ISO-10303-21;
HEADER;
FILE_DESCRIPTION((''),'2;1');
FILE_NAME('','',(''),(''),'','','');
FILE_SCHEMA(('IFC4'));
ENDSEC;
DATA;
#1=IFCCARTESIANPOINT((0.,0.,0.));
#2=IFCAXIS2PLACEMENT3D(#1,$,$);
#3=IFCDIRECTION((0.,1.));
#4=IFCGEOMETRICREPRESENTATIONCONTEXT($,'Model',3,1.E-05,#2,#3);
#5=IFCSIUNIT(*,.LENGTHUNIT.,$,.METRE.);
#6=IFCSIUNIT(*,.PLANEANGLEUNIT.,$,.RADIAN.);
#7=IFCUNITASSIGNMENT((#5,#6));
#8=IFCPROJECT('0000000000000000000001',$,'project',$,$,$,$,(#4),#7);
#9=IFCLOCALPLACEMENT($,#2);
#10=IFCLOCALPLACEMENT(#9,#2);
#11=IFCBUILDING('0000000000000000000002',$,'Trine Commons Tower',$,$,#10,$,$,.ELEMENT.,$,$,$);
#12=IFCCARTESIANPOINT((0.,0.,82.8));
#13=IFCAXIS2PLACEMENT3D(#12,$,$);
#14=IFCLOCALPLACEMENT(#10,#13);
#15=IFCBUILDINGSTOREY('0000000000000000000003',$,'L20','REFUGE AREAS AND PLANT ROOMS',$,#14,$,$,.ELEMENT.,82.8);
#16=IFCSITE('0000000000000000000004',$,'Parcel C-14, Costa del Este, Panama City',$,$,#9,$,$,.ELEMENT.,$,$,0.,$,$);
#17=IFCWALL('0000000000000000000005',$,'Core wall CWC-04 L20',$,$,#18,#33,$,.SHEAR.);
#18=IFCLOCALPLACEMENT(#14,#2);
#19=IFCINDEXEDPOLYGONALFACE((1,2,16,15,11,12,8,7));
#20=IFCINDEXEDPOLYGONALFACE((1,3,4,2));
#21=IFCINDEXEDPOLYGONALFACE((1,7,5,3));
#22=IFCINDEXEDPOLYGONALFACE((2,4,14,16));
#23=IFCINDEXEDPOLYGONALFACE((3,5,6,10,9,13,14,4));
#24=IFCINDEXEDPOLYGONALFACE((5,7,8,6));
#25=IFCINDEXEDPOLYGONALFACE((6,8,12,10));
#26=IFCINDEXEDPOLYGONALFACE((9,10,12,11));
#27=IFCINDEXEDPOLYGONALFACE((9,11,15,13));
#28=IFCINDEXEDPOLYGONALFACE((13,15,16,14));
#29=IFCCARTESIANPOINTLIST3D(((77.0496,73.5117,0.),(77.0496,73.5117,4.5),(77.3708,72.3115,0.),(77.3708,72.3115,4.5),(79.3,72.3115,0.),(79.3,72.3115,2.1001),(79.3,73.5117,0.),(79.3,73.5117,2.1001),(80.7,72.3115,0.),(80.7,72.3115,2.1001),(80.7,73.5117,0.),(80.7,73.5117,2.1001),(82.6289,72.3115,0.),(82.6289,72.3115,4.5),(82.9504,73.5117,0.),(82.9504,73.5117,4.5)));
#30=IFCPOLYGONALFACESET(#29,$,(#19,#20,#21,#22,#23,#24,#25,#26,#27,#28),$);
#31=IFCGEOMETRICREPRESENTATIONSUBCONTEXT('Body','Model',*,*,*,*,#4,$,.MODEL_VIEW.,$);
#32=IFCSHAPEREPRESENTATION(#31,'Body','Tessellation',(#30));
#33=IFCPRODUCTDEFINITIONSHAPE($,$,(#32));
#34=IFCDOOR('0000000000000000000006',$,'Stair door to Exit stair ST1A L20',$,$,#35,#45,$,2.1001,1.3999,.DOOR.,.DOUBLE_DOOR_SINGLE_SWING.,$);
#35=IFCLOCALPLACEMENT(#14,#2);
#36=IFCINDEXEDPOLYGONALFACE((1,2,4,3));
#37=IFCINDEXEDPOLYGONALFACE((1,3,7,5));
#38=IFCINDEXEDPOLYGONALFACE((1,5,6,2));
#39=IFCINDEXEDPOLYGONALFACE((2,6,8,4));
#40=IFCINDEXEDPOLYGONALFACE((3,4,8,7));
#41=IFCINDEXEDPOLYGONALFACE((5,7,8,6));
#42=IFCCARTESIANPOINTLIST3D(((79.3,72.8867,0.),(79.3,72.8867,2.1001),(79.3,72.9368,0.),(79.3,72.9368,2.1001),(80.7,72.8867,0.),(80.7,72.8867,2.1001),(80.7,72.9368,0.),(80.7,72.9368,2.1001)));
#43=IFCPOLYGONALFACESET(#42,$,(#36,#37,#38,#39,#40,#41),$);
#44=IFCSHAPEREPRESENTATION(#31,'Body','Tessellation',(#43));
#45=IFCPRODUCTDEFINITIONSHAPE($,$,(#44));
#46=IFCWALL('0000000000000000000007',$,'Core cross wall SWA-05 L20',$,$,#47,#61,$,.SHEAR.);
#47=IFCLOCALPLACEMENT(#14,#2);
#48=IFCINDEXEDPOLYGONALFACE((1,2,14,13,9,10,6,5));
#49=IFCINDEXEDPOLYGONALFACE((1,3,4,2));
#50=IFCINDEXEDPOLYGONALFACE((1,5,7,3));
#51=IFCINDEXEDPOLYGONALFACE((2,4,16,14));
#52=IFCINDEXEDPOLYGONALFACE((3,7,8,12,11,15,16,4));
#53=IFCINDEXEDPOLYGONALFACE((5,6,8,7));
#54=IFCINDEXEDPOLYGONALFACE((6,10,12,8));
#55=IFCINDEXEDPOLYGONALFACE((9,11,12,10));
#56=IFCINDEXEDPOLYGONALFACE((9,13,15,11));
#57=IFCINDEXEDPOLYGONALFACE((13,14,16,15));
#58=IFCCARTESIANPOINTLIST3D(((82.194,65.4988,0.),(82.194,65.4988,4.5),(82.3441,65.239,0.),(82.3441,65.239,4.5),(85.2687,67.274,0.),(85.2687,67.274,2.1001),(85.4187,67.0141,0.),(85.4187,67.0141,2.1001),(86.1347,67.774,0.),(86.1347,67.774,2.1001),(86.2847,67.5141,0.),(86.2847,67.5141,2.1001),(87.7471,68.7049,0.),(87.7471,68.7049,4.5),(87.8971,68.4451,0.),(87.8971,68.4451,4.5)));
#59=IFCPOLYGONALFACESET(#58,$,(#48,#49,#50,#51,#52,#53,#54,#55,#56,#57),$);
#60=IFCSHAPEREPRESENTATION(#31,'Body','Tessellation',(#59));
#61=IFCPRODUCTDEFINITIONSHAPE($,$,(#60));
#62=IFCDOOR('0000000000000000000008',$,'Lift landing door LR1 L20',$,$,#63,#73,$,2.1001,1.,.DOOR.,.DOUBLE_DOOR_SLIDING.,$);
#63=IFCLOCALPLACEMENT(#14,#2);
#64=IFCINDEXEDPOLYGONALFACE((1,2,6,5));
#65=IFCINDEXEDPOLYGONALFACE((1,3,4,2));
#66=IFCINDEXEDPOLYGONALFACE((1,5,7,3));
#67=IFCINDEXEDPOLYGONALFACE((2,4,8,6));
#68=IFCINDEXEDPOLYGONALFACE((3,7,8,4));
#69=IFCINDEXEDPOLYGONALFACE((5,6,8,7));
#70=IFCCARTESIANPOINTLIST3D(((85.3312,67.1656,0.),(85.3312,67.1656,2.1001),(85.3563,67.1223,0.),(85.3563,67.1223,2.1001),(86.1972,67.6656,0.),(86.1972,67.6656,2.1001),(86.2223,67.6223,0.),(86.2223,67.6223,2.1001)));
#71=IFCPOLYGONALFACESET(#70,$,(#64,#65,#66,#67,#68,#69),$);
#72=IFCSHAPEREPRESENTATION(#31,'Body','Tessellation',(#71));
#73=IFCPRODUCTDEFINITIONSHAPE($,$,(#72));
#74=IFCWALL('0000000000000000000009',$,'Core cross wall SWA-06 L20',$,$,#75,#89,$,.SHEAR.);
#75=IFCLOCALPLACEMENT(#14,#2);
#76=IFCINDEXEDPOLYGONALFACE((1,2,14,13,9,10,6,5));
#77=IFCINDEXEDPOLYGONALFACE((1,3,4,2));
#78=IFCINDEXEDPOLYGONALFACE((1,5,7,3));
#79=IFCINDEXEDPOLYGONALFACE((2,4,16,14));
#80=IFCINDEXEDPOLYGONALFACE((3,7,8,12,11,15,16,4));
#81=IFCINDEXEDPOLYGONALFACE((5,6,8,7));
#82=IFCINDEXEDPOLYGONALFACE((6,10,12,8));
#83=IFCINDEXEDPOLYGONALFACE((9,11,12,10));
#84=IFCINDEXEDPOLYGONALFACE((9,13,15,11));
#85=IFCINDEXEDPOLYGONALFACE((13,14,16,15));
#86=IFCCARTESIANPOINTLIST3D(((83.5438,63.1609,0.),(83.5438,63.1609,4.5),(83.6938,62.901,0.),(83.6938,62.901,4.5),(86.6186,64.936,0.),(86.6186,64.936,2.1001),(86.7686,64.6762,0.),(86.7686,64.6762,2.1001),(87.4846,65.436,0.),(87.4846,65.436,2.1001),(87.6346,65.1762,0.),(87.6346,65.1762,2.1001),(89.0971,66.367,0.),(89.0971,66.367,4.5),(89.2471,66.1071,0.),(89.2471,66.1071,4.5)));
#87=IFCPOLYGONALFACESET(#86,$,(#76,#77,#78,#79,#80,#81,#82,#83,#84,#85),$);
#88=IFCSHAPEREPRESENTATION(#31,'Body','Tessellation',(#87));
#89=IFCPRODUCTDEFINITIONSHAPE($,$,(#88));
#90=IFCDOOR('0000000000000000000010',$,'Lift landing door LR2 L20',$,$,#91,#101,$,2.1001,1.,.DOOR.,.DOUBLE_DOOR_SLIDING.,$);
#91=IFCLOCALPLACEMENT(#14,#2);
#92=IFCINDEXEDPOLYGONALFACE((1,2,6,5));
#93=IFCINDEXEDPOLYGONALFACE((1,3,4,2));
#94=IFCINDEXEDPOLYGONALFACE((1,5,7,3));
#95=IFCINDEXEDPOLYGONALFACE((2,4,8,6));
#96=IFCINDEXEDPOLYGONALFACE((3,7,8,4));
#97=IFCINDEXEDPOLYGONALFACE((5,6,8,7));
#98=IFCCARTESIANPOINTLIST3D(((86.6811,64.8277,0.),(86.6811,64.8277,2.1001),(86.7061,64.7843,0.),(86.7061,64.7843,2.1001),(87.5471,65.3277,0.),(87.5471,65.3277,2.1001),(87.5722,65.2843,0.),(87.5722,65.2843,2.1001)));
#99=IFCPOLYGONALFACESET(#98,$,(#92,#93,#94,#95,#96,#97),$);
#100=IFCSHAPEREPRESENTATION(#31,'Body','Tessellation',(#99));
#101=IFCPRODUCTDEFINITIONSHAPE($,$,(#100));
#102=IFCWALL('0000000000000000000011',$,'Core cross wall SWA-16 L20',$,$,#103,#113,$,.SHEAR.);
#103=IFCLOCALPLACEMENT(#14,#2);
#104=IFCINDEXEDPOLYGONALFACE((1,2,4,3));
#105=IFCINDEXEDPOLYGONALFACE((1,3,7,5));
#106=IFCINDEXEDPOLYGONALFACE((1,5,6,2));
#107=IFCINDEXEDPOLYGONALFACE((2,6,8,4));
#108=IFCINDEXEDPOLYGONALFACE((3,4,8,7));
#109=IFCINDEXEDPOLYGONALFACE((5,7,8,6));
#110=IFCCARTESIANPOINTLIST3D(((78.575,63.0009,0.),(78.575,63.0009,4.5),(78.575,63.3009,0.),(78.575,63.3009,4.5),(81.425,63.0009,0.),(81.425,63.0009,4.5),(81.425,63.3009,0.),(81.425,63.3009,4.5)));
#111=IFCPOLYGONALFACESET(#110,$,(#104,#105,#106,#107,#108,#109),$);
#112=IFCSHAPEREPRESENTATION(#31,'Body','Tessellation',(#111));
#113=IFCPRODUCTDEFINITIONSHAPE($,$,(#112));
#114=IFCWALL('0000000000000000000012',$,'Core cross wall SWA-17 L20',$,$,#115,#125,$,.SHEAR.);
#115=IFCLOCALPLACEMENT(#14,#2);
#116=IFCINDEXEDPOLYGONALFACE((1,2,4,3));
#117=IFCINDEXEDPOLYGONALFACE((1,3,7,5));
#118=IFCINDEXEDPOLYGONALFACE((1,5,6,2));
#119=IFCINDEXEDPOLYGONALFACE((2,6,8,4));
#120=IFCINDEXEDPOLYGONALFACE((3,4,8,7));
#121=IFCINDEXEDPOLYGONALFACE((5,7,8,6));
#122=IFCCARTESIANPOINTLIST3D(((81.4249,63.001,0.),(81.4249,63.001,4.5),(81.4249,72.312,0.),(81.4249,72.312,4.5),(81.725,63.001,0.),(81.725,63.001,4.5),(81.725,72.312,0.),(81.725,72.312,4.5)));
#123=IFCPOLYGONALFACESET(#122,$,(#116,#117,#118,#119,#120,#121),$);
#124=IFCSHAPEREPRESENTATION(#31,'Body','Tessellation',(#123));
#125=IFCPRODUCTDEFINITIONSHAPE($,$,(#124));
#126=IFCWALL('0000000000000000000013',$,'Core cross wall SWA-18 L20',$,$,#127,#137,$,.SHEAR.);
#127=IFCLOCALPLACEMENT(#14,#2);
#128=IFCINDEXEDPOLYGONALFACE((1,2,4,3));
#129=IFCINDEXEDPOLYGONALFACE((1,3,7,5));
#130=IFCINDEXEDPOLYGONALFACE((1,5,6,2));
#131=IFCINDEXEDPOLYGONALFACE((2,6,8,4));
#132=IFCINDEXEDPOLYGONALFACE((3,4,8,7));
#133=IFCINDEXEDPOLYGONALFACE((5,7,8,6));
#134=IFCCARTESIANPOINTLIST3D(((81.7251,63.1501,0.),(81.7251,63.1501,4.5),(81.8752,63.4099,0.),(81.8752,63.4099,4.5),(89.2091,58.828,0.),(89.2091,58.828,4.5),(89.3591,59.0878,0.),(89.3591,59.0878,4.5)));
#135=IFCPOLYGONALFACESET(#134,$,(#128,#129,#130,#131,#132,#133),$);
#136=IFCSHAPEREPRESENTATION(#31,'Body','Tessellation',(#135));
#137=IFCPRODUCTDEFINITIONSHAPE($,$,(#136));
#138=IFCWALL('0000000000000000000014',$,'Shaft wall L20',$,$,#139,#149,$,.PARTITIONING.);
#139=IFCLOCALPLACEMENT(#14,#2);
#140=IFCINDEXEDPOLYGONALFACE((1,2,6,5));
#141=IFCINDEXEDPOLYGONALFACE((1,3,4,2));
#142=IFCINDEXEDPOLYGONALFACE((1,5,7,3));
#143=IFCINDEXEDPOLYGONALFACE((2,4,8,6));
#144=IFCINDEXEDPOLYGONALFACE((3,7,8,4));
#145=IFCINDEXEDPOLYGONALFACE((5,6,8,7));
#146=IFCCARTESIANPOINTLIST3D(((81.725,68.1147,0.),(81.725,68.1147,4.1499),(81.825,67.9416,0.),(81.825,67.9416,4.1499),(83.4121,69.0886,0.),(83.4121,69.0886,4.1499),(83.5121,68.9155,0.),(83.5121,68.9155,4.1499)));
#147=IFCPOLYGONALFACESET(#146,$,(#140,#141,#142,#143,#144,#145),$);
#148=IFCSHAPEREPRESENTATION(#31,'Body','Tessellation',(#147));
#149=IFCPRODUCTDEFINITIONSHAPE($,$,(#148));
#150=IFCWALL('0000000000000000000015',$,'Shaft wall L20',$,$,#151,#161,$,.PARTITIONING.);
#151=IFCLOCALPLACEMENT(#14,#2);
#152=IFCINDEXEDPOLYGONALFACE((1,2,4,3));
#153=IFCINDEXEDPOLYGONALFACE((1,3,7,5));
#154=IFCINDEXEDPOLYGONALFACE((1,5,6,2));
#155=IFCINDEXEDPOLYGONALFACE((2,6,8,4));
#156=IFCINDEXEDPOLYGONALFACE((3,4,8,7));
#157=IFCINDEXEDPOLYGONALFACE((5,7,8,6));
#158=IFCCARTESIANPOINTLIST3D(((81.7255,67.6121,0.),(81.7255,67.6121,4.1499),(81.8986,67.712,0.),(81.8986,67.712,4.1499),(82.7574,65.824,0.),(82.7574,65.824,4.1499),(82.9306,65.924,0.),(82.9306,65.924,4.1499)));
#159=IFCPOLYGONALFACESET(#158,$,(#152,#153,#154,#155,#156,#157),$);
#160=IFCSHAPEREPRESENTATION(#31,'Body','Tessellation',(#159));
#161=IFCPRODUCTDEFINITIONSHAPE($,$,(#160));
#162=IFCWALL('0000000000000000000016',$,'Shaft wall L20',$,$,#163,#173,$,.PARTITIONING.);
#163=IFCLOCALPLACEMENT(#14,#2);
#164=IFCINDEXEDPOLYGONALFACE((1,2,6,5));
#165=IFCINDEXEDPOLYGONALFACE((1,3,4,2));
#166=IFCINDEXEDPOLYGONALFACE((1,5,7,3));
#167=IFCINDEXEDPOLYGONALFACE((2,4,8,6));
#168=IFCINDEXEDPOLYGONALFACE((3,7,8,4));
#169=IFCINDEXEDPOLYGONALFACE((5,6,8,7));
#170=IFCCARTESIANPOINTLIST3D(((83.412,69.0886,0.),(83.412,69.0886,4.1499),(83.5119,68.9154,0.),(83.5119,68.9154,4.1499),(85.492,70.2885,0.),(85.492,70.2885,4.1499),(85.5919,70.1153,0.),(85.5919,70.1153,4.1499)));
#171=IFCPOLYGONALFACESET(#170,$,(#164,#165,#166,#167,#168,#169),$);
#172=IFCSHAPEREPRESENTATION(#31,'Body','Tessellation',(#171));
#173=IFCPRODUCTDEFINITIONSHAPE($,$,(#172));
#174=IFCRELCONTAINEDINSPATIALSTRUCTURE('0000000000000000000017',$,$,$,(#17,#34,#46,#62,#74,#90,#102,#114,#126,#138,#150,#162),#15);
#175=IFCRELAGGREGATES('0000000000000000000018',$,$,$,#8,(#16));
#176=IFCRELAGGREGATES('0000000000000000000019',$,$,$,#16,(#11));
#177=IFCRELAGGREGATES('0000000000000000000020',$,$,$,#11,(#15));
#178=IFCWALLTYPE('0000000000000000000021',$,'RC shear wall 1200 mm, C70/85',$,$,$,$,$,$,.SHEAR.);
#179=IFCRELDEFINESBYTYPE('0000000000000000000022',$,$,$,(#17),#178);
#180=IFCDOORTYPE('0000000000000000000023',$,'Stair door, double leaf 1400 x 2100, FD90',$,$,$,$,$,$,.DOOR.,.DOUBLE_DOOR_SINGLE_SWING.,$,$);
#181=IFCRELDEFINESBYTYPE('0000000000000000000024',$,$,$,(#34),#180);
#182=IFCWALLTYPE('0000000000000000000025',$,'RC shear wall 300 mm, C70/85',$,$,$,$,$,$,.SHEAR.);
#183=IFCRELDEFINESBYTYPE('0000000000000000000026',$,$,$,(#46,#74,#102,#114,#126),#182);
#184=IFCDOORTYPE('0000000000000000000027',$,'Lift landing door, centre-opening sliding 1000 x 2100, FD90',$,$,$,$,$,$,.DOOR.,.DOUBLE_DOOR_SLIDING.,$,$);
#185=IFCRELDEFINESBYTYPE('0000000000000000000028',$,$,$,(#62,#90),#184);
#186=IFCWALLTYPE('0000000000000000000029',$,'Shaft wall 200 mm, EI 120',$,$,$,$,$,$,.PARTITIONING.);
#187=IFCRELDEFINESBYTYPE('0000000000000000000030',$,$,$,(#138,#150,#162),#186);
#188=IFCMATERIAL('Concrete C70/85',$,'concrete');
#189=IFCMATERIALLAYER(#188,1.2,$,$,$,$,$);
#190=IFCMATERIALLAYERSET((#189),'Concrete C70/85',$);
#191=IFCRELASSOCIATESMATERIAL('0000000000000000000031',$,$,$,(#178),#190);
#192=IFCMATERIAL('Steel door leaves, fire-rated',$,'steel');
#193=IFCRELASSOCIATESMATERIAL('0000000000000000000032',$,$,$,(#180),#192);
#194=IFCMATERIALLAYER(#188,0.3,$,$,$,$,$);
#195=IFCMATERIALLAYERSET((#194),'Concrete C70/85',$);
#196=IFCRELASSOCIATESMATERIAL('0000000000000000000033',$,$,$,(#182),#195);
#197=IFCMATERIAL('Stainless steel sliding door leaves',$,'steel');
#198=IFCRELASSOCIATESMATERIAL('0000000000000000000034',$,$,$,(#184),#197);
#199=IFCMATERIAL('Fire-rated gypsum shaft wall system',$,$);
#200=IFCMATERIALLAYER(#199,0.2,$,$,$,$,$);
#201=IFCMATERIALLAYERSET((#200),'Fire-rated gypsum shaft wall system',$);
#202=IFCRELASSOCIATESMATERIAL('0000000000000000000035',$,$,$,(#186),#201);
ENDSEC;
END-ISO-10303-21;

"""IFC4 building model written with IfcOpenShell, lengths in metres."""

from ifc_helpers import new_model, si_unit, direction, frame, frame_2d, origin, place, context, subcontext, project, spatial, polyline, rectangle, outline, extrude, material, layer, layer_set, type_object, element, fill, save


model = new_model("IFC4")

# Units and contexts
model_context = context("Model", 3, precision=1e-05, world=origin(), true_north=direction((0.0, 1.0)))
body_context = subcontext(model_context, "Body", "Model", "MODEL_VIEW")
ifc_project = project(units=[si_unit("LENGTHUNIT", "METRE"), si_unit("PLANEANGLEUNIT", "RADIAN")], contexts=[model_context])

# Site, building, storey
site_placement = place(None, origin())
site = spatial("IfcSite", under=ifc_project, at=site_placement, Name="Parcel C-14, Costa del Este, Panama City", CompositionType="ELEMENT", RefElevation=0.0)
building_placement = place(site_placement, origin())
building = spatial("IfcBuilding", under=site, at=building_placement, Name="Trine Commons Tower", CompositionType="ELEMENT")
storey_placement = place(building_placement, frame((0.0, 0.0, 82.8)))
storey = spatial("IfcBuildingStorey", under=building, at=storey_placement, Name="L20", Description="REFUGE AREAS AND PLANT ROOMS", CompositionType="ELEMENT", Elevation=82.8)

# Walls, openings, doors
ifc_material_1 = material(Name="Fire-rated gypsum shaft wall system")
ifc_material_2 = material(Name="Concrete C70/85", Category="concrete")
ifc_layer_1 = layer(ifc_material_2, 1.2)
ifc_layer_set_1 = layer_set([ifc_layer_1], Name="Concrete C70/85")
wall_type_1 = type_object("IfcWallType", Name="RC shear wall 1200 mm, C70/85", PredefinedType="SHEAR", material=ifc_layer_set_1)
wall_1_placement = place(storey_placement, frame((82.9504, 72.9116, 0.0), z_axis=(0.0, 0.0, 1.0), x_axis=(-1.0, 0.0, 0.0)))
wall_1 = element("IfcWall", 1, at=wall_1_placement, inside=storey, type_object=wall_type_1, Name="Core wall CWC-04 L20", PredefinedType="SHEAR", context=body_context, shape_type="SweptSolid", body=[
    extrude(outline(polyline([(0.0, -0.6001), (5.9009, -0.6001), (5.5796, 0.6001), (0.3215, 0.6001), (0.0, -0.6001)])), origin(), (0.0, 0.0, 1.0), 4.5),
])
opening_1_placement = place(wall_1_placement, frame((2.2505, 0.0, 0.0)))
opening_1 = element("IfcOpeningElement", 2, at=opening_1_placement, cuts=wall_1, PredefinedType="OPENING", context=body_context, shape_type="SweptSolid", body=[
    extrude(rectangle(XDim=1.3999, YDim=2.1001, at=frame_2d((0.7, 1.05))), frame((0.0, 0.6099, 0.0), z_axis=(0.0, -1.0, 0.0), x_axis=(1.0, 0.0, 0.0)), (0.0, 0.0, 1.0), 1.22),
])
ifc_material_3 = material(Name="Steel door leaves, fire-rated", Category="steel")
door_type_1 = type_object("IfcDoorType", Name="Stair door, double leaf 1400 x 2100, FD90", OperationType="DOUBLE_DOOR_SINGLE_SWING", PredefinedType="DOOR", material=ifc_material_3)
door_1_placement = place(opening_1_placement, origin())
door_1 = element("IfcDoor", 3, at=door_1_placement, inside=storey, type_object=door_type_1, Name="Stair door to Exit stair ST1A L20", OperationType="DOUBLE_DOOR_SINGLE_SWING", OverallHeight=2.1001, OverallWidth=1.3999, PredefinedType="DOOR", context=body_context, shape_type="SweptSolid", body=[
    extrude(rectangle(XDim=1.3999, YDim=2.1001, at=frame_2d((0.7, 1.05))), frame((0.0, 0.0249, 0.0), z_axis=(0.0, -1.0, 0.0), x_axis=(1.0, 0.0, 0.0)), (0.0, 0.0, 1.0), 0.05),
])
fill(opening_1, door_1)
ifc_layer_2 = layer(ifc_material_2, 0.3)
ifc_layer_set_2 = layer_set([ifc_layer_2], Name="Concrete C70/85")
wall_type_2 = type_object("IfcWallType", Name="RC shear wall 300 mm, C70/85", PredefinedType="SHEAR", material=ifc_layer_set_2)
wall_2_placement = place(storey_placement, frame((82.269, 65.3689, 0.0), z_axis=(0.0, 0.0, 1.0), x_axis=(0.866023, 0.500005, 0.0)))
wall_2 = element("IfcWall", 4, at=wall_2_placement, inside=storey, type_object=wall_type_2, Name="Core cross wall SWA-05 L20", PredefinedType="SHEAR", context=body_context, shape_type="SweptSolid", body=[
    extrude(rectangle(XDim=6.4121, YDim=0.3, at=frame_2d((3.2061, 0.0))), origin(), (0.0, 0.0, 1.0), 4.5),
])
opening_2_placement = place(wall_2_placement, frame((3.5503, 0.0, 0.0)))
opening_2 = element("IfcOpeningElement", 5, at=opening_2_placement, cuts=wall_2, PredefinedType="OPENING", context=body_context, shape_type="SweptSolid", body=[
    extrude(rectangle(XDim=1.0, YDim=2.1001, at=frame_2d((0.5, 1.05))), frame((0.0, 0.1599, 0.0), z_axis=(0.0, -1.0, 0.0), x_axis=(1.0, 0.0, 0.0)), (0.0, 0.0, 1.0), 0.3201),
])
ifc_material_4 = material(Name="Stainless steel sliding door leaves", Category="steel")
door_type_2 = type_object("IfcDoorType", Name="Lift landing door, centre-opening sliding 1000 x 2100, FD90", OperationType="DOUBLE_DOOR_SLIDING", PredefinedType="DOOR", material=ifc_material_4)
door_2_placement = place(opening_2_placement, origin())
door_2 = element("IfcDoor", 6, at=door_2_placement, inside=storey, type_object=door_type_2, Name="Lift landing door LR1 L20", OperationType="DOUBLE_DOOR_SLIDING", OverallHeight=2.1001, OverallWidth=1.0, PredefinedType="DOOR", context=body_context, shape_type="SweptSolid", body=[
    extrude(rectangle(XDim=1.0, YDim=2.1001, at=frame_2d((0.5, 1.05))), frame((0.0, 0.0249, 0.0), z_axis=(0.0, -1.0, 0.0), x_axis=(1.0, 0.0, 0.0)), (0.0, 0.0, 1.0), 0.05),
])
fill(opening_2, door_2)
wall_3_placement = place(storey_placement, frame((83.6189, 63.031, 0.0), z_axis=(0.0, 0.0, 1.0), x_axis=(0.866032, 0.499988, 0.0)))
wall_3 = element("IfcWall", 7, at=wall_3_placement, inside=storey, type_object=wall_type_2, Name="Core cross wall SWA-06 L20", PredefinedType="SHEAR", context=body_context, shape_type="SweptSolid", body=[
    extrude(rectangle(XDim=6.4124, YDim=0.3, at=frame_2d((3.2061, 0.0))), origin(), (0.0, 0.0, 1.0), 4.5),
])
opening_3_placement = place(wall_3_placement, frame((3.5503, 0.0, 0.0)))
opening_3 = element("IfcOpeningElement", 8, at=opening_3_placement, cuts=wall_3, PredefinedType="OPENING", context=body_context, shape_type="SweptSolid", body=[
    extrude(rectangle(XDim=1.0, YDim=2.1001, at=frame_2d((0.5, 1.05))), frame((0.0, 0.1599, 0.0), z_axis=(0.0, -1.0, 0.0), x_axis=(1.0, 0.0, 0.0)), (0.0, 0.0, 1.0), 0.3201),
])
door_3_placement = place(opening_3_placement, origin())
door_3 = element("IfcDoor", 9, at=door_3_placement, inside=storey, type_object=door_type_2, Name="Lift landing door LR2 L20", OperationType="DOUBLE_DOOR_SLIDING", OverallHeight=2.1001, OverallWidth=1.0, PredefinedType="DOOR", context=body_context, shape_type="SweptSolid", body=[
    extrude(rectangle(XDim=1.0, YDim=2.1001, at=frame_2d((0.5, 1.05))), frame((0.0, 0.0249, 0.0), z_axis=(0.0, -1.0, 0.0), x_axis=(1.0, 0.0, 0.0)), (0.0, 0.0, 1.0), 0.05),
])
fill(opening_3, door_3)

# Walls
wall_4_placement = place(storey_placement, frame((81.425, 63.1509, 0.0), z_axis=(0.0, 0.0, 1.0), x_axis=(-1.0, 0.0, 0.0)))
element("IfcWall", 10, at=wall_4_placement, inside=storey, type_object=wall_type_2, Name="Core cross wall SWA-16 L20", PredefinedType="SHEAR", context=body_context, shape_type="SweptSolid", body=[
    extrude(rectangle(XDim=2.8501, YDim=0.3, at=frame_2d((1.425, 0.0))), origin(), (0.0, 0.0, 1.0), 4.5),
])
wall_5_placement = place(storey_placement, frame((81.575, 63.001, 0.0), z_axis=(0.0, 0.0, 1.0), x_axis=(0.0, 1.0, 0.0)))
element("IfcWall", 11, at=wall_5_placement, inside=storey, type_object=wall_type_2, Name="Core cross wall SWA-17 L20", PredefinedType="SHEAR", context=body_context, shape_type="SweptSolid", body=[
    extrude(rectangle(XDim=9.311, YDim=0.3, at=frame_2d((4.6555, 0.0))), origin(), (0.0, 0.0, 1.0), 4.5),
])
wall_6_placement = place(storey_placement, frame((81.8, 63.28, 0.0), z_axis=(0.0, 0.0, 1.0), x_axis=(0.865965, -0.500104, 0.0)))
element("IfcWall", 12, at=wall_6_placement, inside=storey, type_object=wall_type_2, Name="Core cross wall SWA-18 L20", PredefinedType="SHEAR", context=body_context, shape_type="SweptSolid", body=[
    extrude(rectangle(XDim=8.6423, YDim=0.3, at=frame_2d((4.3213, 0.0))), origin(), (0.0, 0.0, 1.0), 4.5),
])
ifc_layer_3 = layer(ifc_material_1, 0.2)
ifc_layer_set_3 = layer_set([ifc_layer_3], Name="Fire-rated gypsum shaft wall system")
wall_type_3 = type_object("IfcWallType", Name="Shaft wall 200 mm, EI 120", PredefinedType="PARTITIONING", material=ifc_layer_set_3)
wall_7_placement = place(storey_placement, frame((81.7749, 68.0281, 0.0), z_axis=(0.0, 0.0, 1.0), x_axis=(0.866052, 0.499954, 0.0)))
element("IfcWall", 13, at=wall_7_placement, inside=storey, type_object=wall_type_3, Name="Shaft wall L20", PredefinedType="PARTITIONING", context=body_context, shape_type="SweptSolid", body=[
    extrude(rectangle(XDim=1.948, YDim=0.2, at=frame_2d((0.9741, 0.0))), origin(), (0.0, 0.0, 1.0), 4.1499),
])
wall_8_placement = place(storey_placement, frame((82.844, 65.874, 0.0), z_axis=(0.0, 0.0, 1.0), x_axis=(-0.499866, 0.866103, 0.0)))
element("IfcWall", 14, at=wall_8_placement, inside=storey, type_object=wall_type_3, Name="Shaft wall L20", PredefinedType="PARTITIONING", context=body_context, shape_type="SweptSolid", body=[
    extrude(rectangle(XDim=2.0645, YDim=0.2, at=frame_2d((1.0322, 0.0))), origin(), (0.0, 0.0, 1.0), 4.1499),
])
wall_9_placement = place(storey_placement, frame((83.4619, 69.002, 0.0), z_axis=(0.0, 0.0, 1.0), x_axis=(0.866203, 0.499693, 0.0)))
element("IfcWall", 15, at=wall_9_placement, inside=storey, type_object=wall_type_3, Name="Shaft wall L20", PredefinedType="PARTITIONING", context=body_context, shape_type="SweptSolid", body=[
    extrude(rectangle(XDim=2.4014, YDim=0.2, at=frame_2d((1.2007, 0.0))), origin(), (0.0, 0.0, 1.0), 4.1499),
])

save(model, "model.ifc")
